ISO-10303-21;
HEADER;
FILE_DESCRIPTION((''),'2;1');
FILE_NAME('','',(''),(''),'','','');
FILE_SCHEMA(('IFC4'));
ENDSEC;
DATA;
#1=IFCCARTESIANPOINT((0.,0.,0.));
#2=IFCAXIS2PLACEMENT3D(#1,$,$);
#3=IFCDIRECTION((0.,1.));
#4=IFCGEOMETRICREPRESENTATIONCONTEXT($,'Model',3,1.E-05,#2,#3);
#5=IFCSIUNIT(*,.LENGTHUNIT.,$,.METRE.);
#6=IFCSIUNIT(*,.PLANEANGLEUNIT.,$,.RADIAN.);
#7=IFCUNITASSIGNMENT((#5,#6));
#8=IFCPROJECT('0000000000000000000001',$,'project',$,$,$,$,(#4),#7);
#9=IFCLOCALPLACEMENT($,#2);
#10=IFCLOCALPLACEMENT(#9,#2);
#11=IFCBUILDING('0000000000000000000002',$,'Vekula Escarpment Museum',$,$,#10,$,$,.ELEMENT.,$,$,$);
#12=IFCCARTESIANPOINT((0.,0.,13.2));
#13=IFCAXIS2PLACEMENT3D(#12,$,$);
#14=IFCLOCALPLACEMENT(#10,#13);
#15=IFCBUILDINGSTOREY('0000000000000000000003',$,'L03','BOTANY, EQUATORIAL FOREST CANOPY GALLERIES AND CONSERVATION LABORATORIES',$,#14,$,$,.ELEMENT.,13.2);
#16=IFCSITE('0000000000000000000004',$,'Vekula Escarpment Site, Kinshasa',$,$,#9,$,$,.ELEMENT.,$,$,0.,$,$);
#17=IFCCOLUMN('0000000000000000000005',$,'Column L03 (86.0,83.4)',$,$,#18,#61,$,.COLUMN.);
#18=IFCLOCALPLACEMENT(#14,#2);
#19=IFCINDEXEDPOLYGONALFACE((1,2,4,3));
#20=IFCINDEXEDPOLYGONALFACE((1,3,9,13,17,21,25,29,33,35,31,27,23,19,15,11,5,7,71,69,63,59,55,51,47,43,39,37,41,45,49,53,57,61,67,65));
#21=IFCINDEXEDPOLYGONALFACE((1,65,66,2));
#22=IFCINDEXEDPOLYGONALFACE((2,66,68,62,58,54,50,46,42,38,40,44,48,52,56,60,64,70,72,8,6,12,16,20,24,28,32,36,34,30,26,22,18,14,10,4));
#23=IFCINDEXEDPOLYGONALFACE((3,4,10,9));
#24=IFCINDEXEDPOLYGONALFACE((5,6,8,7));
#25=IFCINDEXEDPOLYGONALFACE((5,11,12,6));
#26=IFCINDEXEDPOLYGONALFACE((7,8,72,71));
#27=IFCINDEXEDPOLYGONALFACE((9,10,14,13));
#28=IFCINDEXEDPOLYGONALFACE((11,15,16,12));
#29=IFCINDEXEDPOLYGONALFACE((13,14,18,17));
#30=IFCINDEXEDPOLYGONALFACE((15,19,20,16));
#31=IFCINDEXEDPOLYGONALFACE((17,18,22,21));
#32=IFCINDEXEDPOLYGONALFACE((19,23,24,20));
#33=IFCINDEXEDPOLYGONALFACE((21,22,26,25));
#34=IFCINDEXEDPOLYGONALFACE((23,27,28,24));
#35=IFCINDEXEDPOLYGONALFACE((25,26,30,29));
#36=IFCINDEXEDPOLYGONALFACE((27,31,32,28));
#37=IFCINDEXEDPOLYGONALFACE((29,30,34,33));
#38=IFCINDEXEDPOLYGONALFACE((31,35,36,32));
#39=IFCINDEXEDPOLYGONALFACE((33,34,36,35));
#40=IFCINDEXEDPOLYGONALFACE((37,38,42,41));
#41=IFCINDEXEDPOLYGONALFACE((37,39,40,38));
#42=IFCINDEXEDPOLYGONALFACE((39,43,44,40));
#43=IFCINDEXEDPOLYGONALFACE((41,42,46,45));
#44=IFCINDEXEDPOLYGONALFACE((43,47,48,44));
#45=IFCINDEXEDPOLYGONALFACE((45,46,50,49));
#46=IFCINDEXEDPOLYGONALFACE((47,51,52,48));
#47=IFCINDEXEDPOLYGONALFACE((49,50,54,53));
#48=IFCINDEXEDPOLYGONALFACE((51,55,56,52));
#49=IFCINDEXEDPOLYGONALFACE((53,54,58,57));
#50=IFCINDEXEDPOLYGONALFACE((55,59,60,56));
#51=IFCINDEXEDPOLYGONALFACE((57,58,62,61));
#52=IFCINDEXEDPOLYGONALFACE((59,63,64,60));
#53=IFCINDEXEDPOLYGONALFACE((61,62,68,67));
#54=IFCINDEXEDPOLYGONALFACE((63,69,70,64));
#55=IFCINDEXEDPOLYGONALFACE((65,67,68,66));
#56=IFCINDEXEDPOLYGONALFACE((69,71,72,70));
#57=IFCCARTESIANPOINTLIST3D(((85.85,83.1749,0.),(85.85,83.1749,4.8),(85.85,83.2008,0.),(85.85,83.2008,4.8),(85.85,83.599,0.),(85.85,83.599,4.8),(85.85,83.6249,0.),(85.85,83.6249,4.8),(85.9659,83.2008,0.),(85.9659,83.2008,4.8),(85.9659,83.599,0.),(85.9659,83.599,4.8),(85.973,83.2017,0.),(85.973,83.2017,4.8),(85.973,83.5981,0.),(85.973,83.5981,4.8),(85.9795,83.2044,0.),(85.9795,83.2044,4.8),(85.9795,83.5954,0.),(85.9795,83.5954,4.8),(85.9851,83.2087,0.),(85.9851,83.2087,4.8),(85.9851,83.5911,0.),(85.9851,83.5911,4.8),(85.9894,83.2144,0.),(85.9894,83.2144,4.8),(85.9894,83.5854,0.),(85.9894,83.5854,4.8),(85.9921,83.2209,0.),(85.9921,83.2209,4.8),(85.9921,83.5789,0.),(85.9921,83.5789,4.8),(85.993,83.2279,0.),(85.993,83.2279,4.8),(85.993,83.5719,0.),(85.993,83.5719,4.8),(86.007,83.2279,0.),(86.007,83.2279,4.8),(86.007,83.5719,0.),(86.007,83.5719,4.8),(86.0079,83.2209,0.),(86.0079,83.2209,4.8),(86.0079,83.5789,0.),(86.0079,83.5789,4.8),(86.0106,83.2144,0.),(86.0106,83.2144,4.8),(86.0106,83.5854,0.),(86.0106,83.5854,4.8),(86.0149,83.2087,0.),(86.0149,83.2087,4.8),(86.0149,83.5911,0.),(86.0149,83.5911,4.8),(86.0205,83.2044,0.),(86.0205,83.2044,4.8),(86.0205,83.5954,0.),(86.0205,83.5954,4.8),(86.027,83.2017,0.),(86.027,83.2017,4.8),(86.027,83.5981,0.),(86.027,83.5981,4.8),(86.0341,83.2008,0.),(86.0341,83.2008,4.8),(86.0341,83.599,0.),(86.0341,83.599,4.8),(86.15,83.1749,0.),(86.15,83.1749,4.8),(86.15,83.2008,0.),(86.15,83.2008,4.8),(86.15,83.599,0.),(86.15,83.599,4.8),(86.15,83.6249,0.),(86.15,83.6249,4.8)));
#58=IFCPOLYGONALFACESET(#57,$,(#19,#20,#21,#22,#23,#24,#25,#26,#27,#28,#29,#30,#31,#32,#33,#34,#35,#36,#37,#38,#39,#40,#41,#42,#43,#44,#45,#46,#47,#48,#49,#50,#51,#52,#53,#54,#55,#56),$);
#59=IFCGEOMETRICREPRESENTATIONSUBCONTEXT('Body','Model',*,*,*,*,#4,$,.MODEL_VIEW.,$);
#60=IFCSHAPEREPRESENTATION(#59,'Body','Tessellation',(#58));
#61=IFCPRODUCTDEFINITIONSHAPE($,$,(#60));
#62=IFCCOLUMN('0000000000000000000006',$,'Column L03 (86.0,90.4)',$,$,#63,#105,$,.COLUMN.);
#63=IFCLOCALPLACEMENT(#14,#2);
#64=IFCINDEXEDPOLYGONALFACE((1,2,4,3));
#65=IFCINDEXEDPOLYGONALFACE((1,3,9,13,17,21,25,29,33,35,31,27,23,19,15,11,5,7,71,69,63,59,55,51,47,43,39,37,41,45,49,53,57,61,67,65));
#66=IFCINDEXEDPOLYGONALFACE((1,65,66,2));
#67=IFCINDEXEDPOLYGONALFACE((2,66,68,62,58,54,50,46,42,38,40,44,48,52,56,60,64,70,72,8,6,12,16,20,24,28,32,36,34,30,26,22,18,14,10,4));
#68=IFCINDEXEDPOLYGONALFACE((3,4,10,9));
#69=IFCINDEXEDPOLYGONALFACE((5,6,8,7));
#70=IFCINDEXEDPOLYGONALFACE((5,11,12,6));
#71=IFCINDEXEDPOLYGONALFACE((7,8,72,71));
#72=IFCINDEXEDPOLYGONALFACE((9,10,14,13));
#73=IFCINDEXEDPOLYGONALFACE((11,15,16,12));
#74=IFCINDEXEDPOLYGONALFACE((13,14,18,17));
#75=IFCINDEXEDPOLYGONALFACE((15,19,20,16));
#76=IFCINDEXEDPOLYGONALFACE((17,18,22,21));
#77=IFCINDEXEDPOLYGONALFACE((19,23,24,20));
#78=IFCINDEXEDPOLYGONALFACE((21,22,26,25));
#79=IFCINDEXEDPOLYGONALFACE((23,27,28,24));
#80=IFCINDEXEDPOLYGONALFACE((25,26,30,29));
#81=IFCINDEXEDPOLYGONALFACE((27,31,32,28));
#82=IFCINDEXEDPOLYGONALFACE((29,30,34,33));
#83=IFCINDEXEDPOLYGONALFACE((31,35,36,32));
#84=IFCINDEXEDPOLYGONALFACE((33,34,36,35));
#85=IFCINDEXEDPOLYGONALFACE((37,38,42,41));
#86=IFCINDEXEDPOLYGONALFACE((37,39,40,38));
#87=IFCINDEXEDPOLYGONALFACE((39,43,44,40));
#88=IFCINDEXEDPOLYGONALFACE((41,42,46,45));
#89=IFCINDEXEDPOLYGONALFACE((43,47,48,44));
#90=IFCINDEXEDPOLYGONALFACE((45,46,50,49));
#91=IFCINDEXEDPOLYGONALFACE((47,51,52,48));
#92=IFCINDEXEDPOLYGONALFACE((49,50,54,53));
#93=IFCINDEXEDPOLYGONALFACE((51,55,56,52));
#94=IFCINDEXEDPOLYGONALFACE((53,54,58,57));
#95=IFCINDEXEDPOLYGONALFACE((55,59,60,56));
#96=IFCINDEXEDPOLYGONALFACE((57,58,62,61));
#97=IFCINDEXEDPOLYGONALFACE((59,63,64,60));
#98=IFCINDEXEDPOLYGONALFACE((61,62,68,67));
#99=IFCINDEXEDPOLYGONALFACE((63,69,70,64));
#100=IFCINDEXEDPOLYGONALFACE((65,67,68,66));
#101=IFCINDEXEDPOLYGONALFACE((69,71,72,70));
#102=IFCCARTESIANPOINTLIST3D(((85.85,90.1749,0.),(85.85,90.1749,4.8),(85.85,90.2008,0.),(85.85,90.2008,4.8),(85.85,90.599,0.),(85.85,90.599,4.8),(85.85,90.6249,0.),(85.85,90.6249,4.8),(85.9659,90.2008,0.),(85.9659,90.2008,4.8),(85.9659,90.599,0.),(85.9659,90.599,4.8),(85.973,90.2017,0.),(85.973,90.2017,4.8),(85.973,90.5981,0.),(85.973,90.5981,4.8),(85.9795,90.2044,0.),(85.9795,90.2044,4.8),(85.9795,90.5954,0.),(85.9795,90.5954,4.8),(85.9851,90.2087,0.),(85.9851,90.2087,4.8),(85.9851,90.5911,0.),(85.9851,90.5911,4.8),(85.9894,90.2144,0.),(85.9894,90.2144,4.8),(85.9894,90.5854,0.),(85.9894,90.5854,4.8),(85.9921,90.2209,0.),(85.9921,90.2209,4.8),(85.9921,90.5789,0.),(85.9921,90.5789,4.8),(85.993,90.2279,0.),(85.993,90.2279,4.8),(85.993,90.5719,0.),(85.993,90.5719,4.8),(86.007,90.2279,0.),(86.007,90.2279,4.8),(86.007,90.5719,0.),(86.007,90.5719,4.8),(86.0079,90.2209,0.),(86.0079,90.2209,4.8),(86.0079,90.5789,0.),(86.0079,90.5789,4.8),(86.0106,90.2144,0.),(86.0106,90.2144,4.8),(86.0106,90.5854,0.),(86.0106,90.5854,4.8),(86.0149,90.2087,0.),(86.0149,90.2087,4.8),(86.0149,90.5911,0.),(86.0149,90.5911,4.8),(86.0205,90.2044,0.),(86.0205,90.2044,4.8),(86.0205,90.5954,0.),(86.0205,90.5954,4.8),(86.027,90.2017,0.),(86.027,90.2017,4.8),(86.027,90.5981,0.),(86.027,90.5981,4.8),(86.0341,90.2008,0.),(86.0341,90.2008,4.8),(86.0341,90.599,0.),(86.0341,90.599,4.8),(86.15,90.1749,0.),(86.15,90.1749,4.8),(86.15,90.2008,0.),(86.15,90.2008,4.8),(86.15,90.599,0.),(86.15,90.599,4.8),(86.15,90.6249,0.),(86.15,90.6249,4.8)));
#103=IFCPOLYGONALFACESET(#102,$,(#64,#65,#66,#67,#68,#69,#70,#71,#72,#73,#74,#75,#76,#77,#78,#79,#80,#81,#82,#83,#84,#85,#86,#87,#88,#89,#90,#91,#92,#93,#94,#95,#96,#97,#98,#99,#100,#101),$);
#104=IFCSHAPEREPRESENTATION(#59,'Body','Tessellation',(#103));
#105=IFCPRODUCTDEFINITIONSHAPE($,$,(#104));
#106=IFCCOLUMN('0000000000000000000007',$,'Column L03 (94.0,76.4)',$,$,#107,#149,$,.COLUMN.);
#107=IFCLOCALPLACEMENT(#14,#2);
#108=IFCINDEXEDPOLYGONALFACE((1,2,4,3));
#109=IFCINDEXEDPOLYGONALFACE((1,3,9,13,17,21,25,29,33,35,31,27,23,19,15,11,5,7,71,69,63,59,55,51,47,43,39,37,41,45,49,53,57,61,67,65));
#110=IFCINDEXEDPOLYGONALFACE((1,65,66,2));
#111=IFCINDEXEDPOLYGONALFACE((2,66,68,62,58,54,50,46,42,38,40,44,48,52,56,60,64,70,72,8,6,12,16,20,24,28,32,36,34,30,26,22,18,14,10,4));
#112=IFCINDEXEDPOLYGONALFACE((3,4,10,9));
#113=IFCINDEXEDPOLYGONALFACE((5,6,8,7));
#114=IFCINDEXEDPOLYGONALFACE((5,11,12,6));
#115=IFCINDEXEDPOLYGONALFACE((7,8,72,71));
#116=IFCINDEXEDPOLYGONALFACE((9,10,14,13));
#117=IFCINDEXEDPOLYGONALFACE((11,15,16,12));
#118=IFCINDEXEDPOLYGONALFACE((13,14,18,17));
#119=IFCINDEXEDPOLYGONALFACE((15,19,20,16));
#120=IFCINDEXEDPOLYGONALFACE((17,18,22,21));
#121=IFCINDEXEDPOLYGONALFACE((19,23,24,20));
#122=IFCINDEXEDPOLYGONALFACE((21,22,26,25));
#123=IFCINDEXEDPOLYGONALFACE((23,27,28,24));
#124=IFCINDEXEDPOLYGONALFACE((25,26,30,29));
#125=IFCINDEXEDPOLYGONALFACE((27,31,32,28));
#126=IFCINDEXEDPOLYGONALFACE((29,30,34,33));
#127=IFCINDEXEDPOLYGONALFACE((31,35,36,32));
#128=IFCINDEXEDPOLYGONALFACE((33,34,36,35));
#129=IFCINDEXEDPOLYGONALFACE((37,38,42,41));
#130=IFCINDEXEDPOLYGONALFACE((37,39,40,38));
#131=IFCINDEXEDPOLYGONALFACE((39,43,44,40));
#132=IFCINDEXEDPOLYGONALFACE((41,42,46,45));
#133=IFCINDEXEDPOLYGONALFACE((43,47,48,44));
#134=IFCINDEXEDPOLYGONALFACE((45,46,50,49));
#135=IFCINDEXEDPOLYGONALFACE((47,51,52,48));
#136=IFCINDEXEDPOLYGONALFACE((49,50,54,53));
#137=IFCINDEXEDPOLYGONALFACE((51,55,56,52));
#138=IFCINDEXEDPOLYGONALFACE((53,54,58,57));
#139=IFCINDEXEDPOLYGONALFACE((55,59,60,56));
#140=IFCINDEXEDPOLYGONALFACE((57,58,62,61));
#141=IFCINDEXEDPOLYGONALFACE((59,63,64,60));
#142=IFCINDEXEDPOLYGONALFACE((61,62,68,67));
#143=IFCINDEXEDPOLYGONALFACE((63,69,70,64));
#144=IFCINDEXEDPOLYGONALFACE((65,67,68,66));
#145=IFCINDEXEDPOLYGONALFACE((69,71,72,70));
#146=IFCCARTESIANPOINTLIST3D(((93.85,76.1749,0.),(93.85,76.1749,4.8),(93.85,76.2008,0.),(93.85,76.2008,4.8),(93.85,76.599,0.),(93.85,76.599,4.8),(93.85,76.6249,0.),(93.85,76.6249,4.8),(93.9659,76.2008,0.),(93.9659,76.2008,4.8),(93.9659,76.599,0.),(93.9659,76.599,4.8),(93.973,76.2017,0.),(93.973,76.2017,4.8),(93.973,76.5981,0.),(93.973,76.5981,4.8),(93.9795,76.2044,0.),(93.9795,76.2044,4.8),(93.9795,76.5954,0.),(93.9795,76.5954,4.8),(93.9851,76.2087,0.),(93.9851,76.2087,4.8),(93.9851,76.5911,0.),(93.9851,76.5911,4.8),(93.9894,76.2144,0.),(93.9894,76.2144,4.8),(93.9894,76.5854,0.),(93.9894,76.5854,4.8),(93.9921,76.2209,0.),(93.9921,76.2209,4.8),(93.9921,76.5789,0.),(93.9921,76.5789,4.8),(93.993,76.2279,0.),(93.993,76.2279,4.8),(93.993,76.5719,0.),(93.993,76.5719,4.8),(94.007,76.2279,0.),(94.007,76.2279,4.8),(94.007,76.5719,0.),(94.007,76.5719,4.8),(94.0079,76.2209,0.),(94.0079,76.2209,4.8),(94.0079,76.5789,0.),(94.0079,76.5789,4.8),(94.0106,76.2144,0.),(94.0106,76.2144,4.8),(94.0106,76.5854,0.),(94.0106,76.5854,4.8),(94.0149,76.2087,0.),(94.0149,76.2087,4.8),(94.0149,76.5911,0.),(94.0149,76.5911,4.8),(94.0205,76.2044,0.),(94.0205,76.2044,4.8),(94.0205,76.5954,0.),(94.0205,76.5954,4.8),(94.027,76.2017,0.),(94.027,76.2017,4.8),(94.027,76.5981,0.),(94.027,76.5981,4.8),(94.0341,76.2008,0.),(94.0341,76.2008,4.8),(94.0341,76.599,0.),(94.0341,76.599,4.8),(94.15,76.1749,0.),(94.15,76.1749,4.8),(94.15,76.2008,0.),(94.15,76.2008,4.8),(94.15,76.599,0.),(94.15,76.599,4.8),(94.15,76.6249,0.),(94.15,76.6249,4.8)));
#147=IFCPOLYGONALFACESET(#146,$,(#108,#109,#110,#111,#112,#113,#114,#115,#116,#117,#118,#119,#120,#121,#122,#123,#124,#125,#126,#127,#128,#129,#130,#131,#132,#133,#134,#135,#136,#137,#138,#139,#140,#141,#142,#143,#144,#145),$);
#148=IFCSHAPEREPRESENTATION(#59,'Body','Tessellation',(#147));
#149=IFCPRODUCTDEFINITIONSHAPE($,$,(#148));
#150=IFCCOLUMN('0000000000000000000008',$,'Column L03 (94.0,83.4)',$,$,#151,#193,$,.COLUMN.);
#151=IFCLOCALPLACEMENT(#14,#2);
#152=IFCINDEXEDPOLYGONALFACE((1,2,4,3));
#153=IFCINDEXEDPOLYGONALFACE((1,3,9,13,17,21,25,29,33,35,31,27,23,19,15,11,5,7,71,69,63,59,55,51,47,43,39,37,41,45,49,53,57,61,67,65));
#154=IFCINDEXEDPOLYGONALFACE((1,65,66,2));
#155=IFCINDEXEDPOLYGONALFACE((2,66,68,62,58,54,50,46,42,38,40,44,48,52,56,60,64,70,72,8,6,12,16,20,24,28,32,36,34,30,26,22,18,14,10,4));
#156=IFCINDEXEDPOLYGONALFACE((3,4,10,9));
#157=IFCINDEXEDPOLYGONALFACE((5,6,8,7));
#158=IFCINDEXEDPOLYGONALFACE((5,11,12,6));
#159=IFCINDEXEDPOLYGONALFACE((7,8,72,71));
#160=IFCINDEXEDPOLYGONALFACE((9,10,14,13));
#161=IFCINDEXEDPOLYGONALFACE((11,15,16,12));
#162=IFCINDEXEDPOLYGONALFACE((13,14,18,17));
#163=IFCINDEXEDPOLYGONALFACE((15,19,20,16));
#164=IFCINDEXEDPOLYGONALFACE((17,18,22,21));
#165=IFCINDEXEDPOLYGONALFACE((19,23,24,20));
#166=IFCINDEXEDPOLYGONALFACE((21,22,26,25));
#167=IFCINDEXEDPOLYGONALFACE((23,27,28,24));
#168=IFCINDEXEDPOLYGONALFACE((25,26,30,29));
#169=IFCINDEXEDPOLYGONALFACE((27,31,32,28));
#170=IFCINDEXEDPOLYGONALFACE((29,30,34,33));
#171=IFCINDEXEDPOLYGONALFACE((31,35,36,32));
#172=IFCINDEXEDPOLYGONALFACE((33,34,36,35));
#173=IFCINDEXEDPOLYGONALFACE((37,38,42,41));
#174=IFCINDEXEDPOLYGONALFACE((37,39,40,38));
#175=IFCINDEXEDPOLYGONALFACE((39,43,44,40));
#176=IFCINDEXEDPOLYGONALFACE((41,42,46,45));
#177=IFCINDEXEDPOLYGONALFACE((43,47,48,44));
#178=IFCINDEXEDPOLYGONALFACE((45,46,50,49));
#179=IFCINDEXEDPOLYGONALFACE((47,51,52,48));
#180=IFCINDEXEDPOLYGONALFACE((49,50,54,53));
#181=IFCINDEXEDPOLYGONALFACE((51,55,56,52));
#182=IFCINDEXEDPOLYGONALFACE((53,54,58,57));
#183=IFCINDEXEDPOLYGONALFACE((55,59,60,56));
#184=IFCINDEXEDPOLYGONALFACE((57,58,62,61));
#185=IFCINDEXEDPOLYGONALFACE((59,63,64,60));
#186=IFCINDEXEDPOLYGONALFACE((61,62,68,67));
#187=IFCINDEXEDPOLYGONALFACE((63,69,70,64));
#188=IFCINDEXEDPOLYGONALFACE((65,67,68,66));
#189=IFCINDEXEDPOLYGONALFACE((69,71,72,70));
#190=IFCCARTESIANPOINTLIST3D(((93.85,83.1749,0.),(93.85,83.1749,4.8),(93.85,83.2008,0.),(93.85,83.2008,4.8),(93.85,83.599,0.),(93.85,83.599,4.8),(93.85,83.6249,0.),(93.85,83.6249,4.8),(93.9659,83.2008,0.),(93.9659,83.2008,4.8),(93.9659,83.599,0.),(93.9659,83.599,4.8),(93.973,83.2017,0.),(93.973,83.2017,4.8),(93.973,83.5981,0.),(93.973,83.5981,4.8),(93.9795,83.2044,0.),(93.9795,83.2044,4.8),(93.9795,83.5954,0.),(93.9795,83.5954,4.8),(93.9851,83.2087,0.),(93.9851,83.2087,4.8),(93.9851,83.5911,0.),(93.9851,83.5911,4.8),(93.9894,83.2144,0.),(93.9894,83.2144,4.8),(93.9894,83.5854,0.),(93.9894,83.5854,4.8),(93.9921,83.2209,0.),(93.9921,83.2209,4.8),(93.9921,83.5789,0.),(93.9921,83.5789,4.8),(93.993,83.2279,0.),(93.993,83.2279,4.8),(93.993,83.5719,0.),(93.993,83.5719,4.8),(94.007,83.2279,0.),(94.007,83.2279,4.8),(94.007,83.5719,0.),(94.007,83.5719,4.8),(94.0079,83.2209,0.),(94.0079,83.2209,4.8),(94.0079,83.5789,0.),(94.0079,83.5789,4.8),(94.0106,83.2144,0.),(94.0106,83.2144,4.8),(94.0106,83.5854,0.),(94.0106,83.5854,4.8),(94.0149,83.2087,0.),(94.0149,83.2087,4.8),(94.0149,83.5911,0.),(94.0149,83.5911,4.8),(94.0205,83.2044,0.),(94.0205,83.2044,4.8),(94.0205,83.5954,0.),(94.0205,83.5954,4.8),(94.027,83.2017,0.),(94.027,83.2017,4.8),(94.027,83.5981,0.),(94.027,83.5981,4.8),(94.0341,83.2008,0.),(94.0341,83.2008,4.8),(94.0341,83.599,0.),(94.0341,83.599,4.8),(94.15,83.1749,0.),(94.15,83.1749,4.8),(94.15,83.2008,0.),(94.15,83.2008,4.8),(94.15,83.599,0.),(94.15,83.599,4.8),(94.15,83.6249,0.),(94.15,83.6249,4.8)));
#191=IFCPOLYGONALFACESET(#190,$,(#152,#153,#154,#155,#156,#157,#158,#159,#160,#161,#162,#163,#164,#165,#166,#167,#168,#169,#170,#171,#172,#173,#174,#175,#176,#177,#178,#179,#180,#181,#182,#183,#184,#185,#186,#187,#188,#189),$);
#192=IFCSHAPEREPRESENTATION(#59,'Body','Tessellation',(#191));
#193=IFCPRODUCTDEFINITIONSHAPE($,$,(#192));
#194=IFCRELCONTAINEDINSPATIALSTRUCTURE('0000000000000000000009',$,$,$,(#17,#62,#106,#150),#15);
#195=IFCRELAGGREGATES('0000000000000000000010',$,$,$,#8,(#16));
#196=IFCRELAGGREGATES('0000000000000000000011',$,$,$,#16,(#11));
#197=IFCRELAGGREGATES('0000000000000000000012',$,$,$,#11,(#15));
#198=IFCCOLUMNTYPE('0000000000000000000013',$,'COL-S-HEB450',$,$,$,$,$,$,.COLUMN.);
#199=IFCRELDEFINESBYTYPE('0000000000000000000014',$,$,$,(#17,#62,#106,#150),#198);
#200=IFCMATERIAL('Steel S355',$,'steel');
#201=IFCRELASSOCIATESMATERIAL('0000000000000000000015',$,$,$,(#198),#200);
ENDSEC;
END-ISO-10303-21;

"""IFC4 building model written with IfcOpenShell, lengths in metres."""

from ifc_helpers import new_model, si_unit, direction, frame, origin, origin_2d, place, context, subcontext, project, spatial, i_section, extrude, material, material_profile, profile_set, type_object, element, save


model = new_model("IFC4")

# Units and contexts
model_context = context("Model", 3, precision=1e-05, world=origin(), true_north=direction((0.0, 1.0)))
body_context = subcontext(model_context, "Body", "Model", "MODEL_VIEW")
ifc_project = project(units=[si_unit("LENGTHUNIT", "METRE"), si_unit("PLANEANGLEUNIT", "RADIAN")], contexts=[model_context])

# Site, building, storey
site_placement = place(None, origin())
site = spatial("IfcSite", under=ifc_project, at=site_placement, Name="Vekula Escarpment Site, Kinshasa", CompositionType="ELEMENT", RefElevation=0.0)
building_placement = place(site_placement, origin())
building = spatial("IfcBuilding", under=site, at=building_placement, Name="Vekula Escarpment Museum", CompositionType="ELEMENT")
storey_placement = place(building_placement, frame((0.0, 0.0, 13.2)))
storey = spatial("IfcBuildingStorey", under=building, at=storey_placement, Name="L03", Description="BOTANY, EQUATORIAL FOREST CANOPY GALLERIES AND CONSERVATION LABORATORIES", CompositionType="ELEMENT", Elevation=13.2)

# Columns
ifc_material_1 = material(Name="Steel S355", Category="steel")
ifc_material_profile_1 = material_profile(ifc_material_1, i_section(OverallWidth=0.3, OverallDepth=0.45, WebThickness=0.0139, FlangeThickness=0.0259, FilletRadius=0.0271, at=origin_2d()), Name="HEB 450")
ifc_profile_set_1 = profile_set([ifc_material_profile_1], Name="Steel S355")
column_type = type_object("IfcColumnType", Name="COL-S-HEB450", PredefinedType="COLUMN", material=ifc_profile_set_1)
for number, where, z_axis, x_axis, name in (
    (1, (86.0, 83.3999, 0.0), (0.0, 0.0, 1.0), (1.0, 0.0, 0.0), "Column L03 (86.0,83.4)"),
    (2, (86.0, 90.3999, 0.0), (0.0, 0.0, 1.0), (1.0, 0.0, 0.0), "Column L03 (86.0,90.4)"),
    (3, (94.0, 76.3999, 0.0), (0.0, 0.0, 1.0), (1.0, 0.0, 0.0), "Column L03 (94.0,76.4)"),
    (4, (94.0, 83.3999, 0.0), (0.0, 0.0, 1.0), (1.0, 0.0, 0.0), "Column L03 (94.0,83.4)"),
):
    element("IfcColumn", number, at=place(storey_placement, frame(where, z_axis=z_axis, x_axis=x_axis)), inside=storey, type_object=column_type, Name=name, PredefinedType="COLUMN", context=body_context, shape_type="SweptSolid", body=[
        extrude(i_section(OverallWidth=0.3, OverallDepth=0.45, WebThickness=0.0139, FlangeThickness=0.0259, FilletRadius=0.0271, at=origin_2d()), origin(), (0.0, 0.0, 1.0), 4.8),
    ])

save(model, "model.ifc")
